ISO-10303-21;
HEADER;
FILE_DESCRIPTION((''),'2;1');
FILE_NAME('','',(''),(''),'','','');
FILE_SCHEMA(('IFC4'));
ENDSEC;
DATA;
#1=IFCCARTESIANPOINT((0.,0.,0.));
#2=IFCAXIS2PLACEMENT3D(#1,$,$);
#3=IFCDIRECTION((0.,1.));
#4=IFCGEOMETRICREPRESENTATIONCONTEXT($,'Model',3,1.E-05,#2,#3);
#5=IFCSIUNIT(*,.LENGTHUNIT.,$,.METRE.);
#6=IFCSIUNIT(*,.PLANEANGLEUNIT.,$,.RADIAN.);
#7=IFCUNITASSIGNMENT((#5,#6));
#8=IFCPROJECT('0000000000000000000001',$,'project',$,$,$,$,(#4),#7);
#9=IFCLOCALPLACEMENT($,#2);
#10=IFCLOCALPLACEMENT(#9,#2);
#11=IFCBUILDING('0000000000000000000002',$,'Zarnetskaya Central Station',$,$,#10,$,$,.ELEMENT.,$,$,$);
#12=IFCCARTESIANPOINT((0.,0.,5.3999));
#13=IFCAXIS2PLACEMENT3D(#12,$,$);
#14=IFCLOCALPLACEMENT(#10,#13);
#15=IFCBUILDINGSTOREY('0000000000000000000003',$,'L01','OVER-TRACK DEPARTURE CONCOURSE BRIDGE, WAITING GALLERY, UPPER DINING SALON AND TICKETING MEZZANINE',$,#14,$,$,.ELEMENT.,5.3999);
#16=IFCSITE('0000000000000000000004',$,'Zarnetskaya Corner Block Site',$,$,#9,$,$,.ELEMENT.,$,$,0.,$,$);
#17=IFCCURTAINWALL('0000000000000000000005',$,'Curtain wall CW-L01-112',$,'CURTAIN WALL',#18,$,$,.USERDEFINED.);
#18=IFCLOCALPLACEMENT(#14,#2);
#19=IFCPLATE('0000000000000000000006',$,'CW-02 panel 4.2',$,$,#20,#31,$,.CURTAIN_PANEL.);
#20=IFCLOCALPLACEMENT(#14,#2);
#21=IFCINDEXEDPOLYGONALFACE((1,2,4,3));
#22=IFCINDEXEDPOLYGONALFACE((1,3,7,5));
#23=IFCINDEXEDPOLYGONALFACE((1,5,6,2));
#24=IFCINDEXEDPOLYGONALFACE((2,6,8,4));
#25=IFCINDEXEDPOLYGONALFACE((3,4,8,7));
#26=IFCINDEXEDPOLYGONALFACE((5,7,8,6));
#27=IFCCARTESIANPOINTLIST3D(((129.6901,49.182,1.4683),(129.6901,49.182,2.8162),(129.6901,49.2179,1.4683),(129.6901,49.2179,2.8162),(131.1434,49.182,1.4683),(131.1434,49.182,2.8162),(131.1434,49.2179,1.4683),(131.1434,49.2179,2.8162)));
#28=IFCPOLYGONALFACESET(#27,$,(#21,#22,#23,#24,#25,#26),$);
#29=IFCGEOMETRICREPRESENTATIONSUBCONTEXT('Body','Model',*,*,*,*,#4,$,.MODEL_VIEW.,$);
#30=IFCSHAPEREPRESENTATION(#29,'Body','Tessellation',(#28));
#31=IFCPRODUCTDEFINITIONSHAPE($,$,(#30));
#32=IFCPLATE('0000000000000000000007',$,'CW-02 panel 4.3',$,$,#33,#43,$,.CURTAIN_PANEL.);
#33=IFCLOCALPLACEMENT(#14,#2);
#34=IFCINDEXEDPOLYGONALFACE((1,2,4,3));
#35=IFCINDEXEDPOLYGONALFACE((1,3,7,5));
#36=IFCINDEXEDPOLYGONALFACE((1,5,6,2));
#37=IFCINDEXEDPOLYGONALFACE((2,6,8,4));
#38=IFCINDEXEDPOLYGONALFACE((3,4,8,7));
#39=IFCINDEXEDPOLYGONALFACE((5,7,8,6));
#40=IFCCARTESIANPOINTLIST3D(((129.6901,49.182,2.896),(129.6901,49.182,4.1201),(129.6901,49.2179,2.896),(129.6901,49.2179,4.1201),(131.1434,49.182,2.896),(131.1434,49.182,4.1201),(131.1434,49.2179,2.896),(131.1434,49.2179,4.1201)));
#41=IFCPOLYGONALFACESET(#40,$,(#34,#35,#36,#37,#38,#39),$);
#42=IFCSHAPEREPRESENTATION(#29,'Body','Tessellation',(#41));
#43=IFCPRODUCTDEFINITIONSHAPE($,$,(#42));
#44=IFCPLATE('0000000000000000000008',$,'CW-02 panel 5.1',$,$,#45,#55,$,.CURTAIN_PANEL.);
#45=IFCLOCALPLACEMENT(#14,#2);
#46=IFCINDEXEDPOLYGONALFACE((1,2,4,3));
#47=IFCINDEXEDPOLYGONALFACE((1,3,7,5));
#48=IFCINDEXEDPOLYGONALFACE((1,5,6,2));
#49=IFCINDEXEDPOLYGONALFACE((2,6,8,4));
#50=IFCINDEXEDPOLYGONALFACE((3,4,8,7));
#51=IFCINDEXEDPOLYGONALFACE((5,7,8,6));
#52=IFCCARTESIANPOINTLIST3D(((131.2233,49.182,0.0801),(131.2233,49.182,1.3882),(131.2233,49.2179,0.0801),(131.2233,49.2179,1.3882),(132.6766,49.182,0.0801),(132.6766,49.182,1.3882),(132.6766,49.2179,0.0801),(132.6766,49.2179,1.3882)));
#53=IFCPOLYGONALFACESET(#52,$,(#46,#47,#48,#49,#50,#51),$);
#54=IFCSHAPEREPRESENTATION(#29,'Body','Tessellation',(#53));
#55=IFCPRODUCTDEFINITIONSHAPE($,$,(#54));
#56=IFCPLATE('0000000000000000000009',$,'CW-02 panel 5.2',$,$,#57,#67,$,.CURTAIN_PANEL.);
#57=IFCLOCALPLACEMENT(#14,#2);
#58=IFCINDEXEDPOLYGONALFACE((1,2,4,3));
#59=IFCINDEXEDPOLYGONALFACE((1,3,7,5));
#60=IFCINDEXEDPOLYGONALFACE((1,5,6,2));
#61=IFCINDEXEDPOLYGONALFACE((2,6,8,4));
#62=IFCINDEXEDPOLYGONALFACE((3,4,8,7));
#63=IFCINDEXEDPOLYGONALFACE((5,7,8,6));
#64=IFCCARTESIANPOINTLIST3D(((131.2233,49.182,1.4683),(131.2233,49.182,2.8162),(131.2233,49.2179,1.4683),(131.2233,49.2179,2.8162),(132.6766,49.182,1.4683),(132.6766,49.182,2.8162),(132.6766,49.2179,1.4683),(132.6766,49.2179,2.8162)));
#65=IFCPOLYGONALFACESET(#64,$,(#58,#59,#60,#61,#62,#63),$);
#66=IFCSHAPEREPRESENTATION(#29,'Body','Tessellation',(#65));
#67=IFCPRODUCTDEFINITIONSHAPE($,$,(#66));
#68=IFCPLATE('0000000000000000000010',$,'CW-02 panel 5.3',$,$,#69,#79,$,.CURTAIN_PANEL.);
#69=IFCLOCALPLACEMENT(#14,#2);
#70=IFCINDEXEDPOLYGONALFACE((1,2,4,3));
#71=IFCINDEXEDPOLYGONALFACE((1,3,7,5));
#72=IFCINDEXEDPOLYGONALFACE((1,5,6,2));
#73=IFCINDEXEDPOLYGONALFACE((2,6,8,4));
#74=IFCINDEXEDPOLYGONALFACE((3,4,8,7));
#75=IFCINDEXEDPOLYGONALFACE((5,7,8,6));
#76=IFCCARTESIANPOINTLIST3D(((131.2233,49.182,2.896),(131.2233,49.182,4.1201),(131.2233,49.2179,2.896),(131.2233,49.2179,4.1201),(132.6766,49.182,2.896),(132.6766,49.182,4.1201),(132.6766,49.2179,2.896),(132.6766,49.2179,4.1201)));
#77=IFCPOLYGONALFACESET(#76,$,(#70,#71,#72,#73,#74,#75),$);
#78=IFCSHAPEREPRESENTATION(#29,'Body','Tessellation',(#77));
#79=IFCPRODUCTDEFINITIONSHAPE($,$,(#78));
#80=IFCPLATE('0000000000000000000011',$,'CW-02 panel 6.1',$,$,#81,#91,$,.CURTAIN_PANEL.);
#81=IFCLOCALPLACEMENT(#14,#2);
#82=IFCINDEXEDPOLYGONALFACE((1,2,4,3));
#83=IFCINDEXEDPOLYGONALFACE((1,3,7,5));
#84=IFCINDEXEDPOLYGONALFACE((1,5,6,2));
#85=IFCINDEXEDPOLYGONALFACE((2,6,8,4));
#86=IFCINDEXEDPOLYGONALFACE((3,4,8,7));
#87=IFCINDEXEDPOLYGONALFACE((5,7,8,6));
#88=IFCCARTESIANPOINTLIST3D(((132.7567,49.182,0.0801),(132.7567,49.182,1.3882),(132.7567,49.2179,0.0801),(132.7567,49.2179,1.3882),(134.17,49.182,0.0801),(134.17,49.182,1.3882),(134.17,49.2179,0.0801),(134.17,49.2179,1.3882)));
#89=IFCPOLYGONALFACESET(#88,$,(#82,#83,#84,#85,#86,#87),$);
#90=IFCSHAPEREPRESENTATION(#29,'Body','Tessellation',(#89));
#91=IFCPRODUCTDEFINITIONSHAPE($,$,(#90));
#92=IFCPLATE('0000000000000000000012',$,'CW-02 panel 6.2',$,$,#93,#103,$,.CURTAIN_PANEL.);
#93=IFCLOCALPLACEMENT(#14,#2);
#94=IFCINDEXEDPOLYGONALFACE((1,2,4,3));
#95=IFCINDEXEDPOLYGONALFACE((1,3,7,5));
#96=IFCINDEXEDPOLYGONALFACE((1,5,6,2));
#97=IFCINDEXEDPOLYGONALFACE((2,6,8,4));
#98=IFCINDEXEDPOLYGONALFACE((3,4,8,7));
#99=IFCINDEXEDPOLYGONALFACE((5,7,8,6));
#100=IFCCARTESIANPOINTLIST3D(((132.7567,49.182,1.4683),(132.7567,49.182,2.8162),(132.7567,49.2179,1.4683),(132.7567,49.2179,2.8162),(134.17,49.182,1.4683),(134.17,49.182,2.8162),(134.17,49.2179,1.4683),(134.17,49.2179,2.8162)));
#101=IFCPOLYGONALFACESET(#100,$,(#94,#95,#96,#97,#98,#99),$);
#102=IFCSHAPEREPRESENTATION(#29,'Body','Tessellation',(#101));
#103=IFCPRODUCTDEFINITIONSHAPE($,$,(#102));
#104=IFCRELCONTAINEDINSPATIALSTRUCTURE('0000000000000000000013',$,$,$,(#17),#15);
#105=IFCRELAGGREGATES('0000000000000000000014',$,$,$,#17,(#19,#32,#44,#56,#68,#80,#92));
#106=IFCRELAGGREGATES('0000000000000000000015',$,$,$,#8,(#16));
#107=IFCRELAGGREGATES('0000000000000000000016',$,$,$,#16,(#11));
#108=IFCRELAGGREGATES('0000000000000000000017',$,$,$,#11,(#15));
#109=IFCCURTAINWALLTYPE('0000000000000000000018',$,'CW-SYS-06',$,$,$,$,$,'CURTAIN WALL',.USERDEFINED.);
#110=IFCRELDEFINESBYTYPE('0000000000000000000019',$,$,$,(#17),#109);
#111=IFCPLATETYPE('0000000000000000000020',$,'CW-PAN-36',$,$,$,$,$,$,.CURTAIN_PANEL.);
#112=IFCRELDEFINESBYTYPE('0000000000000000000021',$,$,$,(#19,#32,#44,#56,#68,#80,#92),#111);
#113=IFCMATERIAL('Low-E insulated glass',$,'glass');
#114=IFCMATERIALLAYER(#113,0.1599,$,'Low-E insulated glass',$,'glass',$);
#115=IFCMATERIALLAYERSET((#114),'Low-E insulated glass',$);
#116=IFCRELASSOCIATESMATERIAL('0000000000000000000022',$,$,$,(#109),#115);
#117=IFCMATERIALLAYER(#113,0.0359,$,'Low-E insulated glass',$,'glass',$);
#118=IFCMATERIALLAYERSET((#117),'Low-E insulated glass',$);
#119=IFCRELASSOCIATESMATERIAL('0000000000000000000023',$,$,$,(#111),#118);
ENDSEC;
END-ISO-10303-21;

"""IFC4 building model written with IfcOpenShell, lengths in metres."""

from ifc_helpers import new_model, si_unit, direction, frame, origin, origin_2d, place, context, subcontext, project, spatial, rectangle, extrude, material, layer, layer_set, type_object, element, aggregate, save


model = new_model("IFC4")

# Units and contexts
model_context = context("Model", 3, precision=1e-05, world=origin(), true_north=direction((0.0, 1.0)))
body_context = subcontext(model_context, "Body", "Model", "MODEL_VIEW")
ifc_project = project(units=[si_unit("LENGTHUNIT", "METRE"), si_unit("PLANEANGLEUNIT", "RADIAN")], contexts=[model_context])

# Site, building, storey
site_placement = place(None, origin())
site = spatial("IfcSite", under=ifc_project, at=site_placement, Name="Zarnetskaya Corner Block Site", CompositionType="ELEMENT", RefElevation=0.0)
building_placement = place(site_placement, origin())
building = spatial("IfcBuilding", under=site, at=building_placement, Name="Zarnetskaya Central Station", CompositionType="ELEMENT")
storey_placement = place(building_placement, frame((0.0, 0.0, 5.3999)))
storey = spatial("IfcBuildingStorey", under=building, at=storey_placement, Name="L01", Description="OVER-TRACK DEPARTURE CONCOURSE BRIDGE, WAITING GALLERY, UPPER DINING SALON AND TICKETING MEZZANINE", CompositionType="ELEMENT", Elevation=5.3999)

# Curtain wall
ifc_material_1 = material(Name="Low-E insulated glass", Category="glass")
ifc_layer_1 = layer(ifc_material_1, 0.1599, Name="Low-E insulated glass", Category="glass")
ifc_layer_set_1 = layer_set([ifc_layer_1], Name="Low-E insulated glass")
curtain_wall_type = type_object("IfcCurtainWallType", Name="CW-SYS-06", ElementType="CURTAIN WALL", PredefinedType="USERDEFINED", material=ifc_layer_set_1)
curtain_wall_placement = place(storey_placement, origin())
curtain_wall = element("IfcCurtainWall", 1, at=curtain_wall_placement, inside=storey, type_object=curtain_wall_type, Name="Curtain wall CW-L01-112", ObjectType="CURTAIN WALL", PredefinedType="USERDEFINED")

# Plates
ifc_layer_2 = layer(ifc_material_1, 0.0359, Name="Low-E insulated glass", Category="glass")
ifc_layer_set_2 = layer_set([ifc_layer_2], Name="Low-E insulated glass")
plate_type = type_object("IfcPlateType", Name="CW-PAN-36", PredefinedType="CURTAIN_PANEL", material=ifc_layer_set_2)
plate_1_placement = place(storey_placement, frame((130.4167, 49.2, 1.4683), z_axis=(0.0, 0.0, 1.0), x_axis=(1.0, 0.0, 0.0)))
plate_1 = element("IfcPlate", 2, at=plate_1_placement, type_object=plate_type, Name="CW-02 panel 4.2", PredefinedType="CURTAIN_PANEL", context=body_context, shape_type="SweptSolid", body=[
    extrude(rectangle(XDim=1.4534, YDim=0.0359, at=origin_2d()), origin(), (0.0, 0.0, 1.0), 1.3479),
])
plate_2_placement = place(storey_placement, frame((130.4167, 49.2, 2.896), z_axis=(0.0, 0.0, 1.0), x_axis=(1.0, 0.0, 0.0)))
plate_2 = element("IfcPlate", 3, at=plate_2_placement, type_object=plate_type, Name="CW-02 panel 4.3", PredefinedType="CURTAIN_PANEL", context=body_context, shape_type="SweptSolid", body=[
    extrude(rectangle(XDim=1.4534, YDim=0.0359, at=origin_2d()), origin(), (0.0, 0.0, 1.0), 1.2241),
])
plate_3_placement = place(storey_placement, frame((131.95, 49.2, 0.0801), z_axis=(0.0, 0.0, 1.0), x_axis=(1.0, 0.0, 0.0)))
plate_3 = element("IfcPlate", 4, at=plate_3_placement, type_object=plate_type, Name="CW-02 panel 5.1", PredefinedType="CURTAIN_PANEL", context=body_context, shape_type="SweptSolid", body=[
    extrude(rectangle(XDim=1.4534, YDim=0.0359, at=origin_2d()), origin(), (0.0, 0.0, 1.0), 1.3081),
])
plate_4_placement = place(storey_placement, frame((131.95, 49.2, 1.4683), z_axis=(0.0, 0.0, 1.0), x_axis=(1.0, 0.0, 0.0)))
plate_4 = element("IfcPlate", 5, at=plate_4_placement, type_object=plate_type, Name="CW-02 panel 5.2", PredefinedType="CURTAIN_PANEL", context=body_context, shape_type="SweptSolid", body=[
    extrude(rectangle(XDim=1.4534, YDim=0.0359, at=origin_2d()), origin(), (0.0, 0.0, 1.0), 1.3479),
])
plate_5_placement = place(storey_placement, frame((131.95, 49.2, 2.896), z_axis=(0.0, 0.0, 1.0), x_axis=(1.0, 0.0, 0.0)))
plate_5 = element("IfcPlate", 6, at=plate_5_placement, type_object=plate_type, Name="CW-02 panel 5.3", PredefinedType="CURTAIN_PANEL", context=body_context, shape_type="SweptSolid", body=[
    extrude(rectangle(XDim=1.4534, YDim=0.0359, at=origin_2d()), origin(), (0.0, 0.0, 1.0), 1.2241),
])
plate_6_placement = place(storey_placement, frame((133.4634, 49.2, 0.0801), z_axis=(0.0, 0.0, 1.0), x_axis=(1.0, 0.0, 0.0)))
plate_6 = element("IfcPlate", 7, at=plate_6_placement, type_object=plate_type, Name="CW-02 panel 6.1", PredefinedType="CURTAIN_PANEL", context=body_context, shape_type="SweptSolid", body=[
    extrude(rectangle(XDim=1.4133, YDim=0.0359, at=origin_2d()), origin(), (0.0, 0.0, 1.0), 1.3081),
])
plate_7_placement = place(storey_placement, frame((133.4634, 49.2, 1.4683), z_axis=(0.0, 0.0, 1.0), x_axis=(1.0, 0.0, 0.0)))
plate_7 = element("IfcPlate", 8, at=plate_7_placement, type_object=plate_type, Name="CW-02 panel 6.2", PredefinedType="CURTAIN_PANEL", context=body_context, shape_type="SweptSolid", body=[
    extrude(rectangle(XDim=1.4133, YDim=0.0359, at=origin_2d()), origin(), (0.0, 0.0, 1.0), 1.3479),
])
aggregate(curtain_wall, [plate_1, plate_2, plate_3, plate_4, plate_5, plate_6, plate_7])

save(model, "model.ifc")
